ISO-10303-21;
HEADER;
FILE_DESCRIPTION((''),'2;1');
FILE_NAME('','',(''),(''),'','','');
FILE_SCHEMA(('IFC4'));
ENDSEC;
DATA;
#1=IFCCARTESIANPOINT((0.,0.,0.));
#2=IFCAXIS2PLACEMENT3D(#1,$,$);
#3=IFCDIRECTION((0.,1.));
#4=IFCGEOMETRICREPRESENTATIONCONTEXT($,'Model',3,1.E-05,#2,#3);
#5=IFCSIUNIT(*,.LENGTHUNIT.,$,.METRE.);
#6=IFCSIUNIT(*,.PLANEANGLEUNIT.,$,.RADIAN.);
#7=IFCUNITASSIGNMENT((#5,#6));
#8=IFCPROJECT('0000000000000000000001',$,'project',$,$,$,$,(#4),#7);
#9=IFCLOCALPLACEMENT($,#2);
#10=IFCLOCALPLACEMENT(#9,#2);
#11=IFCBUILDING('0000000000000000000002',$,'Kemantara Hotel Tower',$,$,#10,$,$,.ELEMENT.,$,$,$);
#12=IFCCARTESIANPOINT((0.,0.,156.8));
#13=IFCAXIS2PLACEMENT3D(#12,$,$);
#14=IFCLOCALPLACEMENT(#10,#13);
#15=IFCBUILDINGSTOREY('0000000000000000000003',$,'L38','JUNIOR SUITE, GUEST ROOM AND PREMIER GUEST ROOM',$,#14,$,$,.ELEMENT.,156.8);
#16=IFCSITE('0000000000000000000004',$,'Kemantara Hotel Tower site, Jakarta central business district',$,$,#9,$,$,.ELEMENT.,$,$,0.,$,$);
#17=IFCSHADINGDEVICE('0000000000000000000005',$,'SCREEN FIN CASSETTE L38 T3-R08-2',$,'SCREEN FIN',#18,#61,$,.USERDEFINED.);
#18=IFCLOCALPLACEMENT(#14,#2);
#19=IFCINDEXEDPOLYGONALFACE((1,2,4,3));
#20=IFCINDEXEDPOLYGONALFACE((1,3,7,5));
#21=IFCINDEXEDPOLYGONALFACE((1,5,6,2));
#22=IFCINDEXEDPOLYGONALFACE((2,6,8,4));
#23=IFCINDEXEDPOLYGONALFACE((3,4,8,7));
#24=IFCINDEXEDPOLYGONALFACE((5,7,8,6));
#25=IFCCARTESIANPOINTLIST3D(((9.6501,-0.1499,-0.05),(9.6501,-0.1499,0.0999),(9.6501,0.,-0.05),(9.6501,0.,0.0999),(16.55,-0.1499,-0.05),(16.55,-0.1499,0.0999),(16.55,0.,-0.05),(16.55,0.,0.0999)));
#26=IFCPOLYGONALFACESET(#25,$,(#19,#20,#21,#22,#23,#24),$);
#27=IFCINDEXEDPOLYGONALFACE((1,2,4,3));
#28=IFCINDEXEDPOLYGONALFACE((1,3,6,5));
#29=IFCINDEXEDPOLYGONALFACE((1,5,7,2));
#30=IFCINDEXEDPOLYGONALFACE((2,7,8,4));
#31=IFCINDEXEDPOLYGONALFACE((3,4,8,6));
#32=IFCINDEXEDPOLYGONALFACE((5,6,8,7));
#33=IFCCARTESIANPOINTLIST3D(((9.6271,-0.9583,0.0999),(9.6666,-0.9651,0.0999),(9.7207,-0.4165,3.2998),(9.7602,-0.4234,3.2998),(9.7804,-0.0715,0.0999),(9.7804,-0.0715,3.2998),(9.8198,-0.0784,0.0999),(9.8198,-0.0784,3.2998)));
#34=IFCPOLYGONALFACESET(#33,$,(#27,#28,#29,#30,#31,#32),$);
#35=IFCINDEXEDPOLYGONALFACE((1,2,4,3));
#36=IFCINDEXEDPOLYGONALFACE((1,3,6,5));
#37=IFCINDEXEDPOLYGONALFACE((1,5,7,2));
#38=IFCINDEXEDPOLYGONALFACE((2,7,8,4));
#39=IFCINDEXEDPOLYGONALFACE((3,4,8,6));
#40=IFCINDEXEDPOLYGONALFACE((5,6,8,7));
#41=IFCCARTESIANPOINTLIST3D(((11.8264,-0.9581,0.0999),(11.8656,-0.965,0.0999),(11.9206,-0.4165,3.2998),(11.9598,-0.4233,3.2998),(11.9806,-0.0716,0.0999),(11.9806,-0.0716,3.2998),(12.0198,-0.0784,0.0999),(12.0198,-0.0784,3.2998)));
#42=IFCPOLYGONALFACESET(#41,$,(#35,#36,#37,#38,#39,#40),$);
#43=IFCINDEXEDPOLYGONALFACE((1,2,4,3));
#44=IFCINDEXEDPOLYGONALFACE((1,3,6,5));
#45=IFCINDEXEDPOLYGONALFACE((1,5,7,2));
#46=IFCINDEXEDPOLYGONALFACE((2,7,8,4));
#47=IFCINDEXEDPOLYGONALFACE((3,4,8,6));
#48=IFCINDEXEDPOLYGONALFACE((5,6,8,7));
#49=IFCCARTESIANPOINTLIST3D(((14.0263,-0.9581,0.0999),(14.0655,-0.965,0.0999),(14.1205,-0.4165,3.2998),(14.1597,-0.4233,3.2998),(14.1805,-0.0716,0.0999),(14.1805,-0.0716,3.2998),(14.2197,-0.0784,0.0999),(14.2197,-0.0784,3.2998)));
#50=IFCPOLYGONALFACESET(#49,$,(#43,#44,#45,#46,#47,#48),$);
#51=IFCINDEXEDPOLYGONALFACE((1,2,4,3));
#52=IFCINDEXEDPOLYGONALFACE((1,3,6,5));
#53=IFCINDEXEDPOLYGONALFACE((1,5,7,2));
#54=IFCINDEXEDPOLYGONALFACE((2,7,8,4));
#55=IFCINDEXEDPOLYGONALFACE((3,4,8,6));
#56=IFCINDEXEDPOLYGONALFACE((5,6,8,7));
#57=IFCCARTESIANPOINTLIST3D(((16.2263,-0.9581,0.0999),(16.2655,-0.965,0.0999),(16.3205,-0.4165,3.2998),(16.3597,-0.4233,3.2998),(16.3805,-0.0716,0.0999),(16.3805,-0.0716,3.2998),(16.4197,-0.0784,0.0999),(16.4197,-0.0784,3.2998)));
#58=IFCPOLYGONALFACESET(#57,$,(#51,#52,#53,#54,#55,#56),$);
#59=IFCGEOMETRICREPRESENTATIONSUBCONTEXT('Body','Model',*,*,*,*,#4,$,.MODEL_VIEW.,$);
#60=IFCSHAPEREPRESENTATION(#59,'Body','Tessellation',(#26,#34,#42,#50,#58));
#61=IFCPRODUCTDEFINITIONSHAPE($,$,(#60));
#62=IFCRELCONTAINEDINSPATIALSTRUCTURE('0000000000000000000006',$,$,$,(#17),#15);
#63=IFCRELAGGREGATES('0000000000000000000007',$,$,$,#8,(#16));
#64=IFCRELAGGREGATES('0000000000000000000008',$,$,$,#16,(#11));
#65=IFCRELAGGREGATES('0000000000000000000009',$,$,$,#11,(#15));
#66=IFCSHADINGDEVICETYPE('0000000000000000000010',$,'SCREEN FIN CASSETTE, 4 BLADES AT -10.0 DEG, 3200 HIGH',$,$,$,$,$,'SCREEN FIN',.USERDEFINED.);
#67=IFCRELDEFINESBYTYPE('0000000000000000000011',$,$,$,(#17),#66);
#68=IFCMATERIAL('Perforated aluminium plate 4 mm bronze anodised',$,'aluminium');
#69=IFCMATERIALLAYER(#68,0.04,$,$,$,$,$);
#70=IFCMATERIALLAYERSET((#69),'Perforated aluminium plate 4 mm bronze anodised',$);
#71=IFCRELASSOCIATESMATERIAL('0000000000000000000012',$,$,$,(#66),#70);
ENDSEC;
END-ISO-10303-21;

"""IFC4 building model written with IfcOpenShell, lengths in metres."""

from ifc_helpers import new_model, si_unit, direction, frame, origin, origin_2d, place, context, subcontext, project, spatial, polyline, rectangle, outline, extrude, source, transform, mapped, material, layer, layer_set, type_object, element, save


model = new_model("IFC4")

# Units and contexts
model_context = context("Model", 3, precision=1e-05, world=origin(), true_north=direction((0.0, 1.0)))
body_context = subcontext(model_context, "Body", "Model", "MODEL_VIEW")
ifc_project = project(units=[si_unit("LENGTHUNIT", "METRE"), si_unit("PLANEANGLEUNIT", "RADIAN")], contexts=[model_context])

# Site, building, storey
site_placement = place(None, origin())
site = spatial("IfcSite", under=ifc_project, at=site_placement, Name="Kemantara Hotel Tower site, Jakarta central business district", CompositionType="ELEMENT", RefElevation=0.0)
building_placement = place(site_placement, origin())
building = spatial("IfcBuilding", under=site, at=building_placement, Name="Kemantara Hotel Tower", CompositionType="ELEMENT")
storey_placement = place(building_placement, frame((0.0, 0.0, 156.8)))
storey = spatial("IfcBuildingStorey", under=building, at=storey_placement, Name="L38", Description="JUNIOR SUITE, GUEST ROOM AND PREMIER GUEST ROOM", CompositionType="ELEMENT", Elevation=156.8)

# Shading device
ifc_material_1 = material(Name="Perforated aluminium plate 4 mm bronze anodised", Category="aluminium")
ifc_layer_1 = layer(ifc_material_1, 0.04)
ifc_layer_set_1 = layer_set([ifc_layer_1], Name="Perforated aluminium plate 4 mm bronze anodised")
shading_device_type_1 = type_object("IfcShadingDeviceType", Name="SCREEN FIN CASSETTE, 4 BLADES AT -10.0 DEG, 3200 HIGH", ElementType="SCREEN FIN", PredefinedType="USERDEFINED", material=ifc_layer_set_1)
shared_shape_1 = source(origin(), body_context, "Body", "SweptSolid", [
    extrude(rectangle(XDim=6.8999, YDim=0.1499, at=origin_2d()), frame((3.3, -0.075, -0.1499), z_axis=(0.0, 0.0, 1.0), x_axis=(1.0, 0.0, 0.0)), (0.0, 0.0, 1.0), 0.1499),
    extrude(outline(polyline([(0.0, 0.0), (0.8999, 0.0), (0.3501, 3.2), (0.0, 3.2), (0.0, 0.0)])), frame((0.0198, -0.0784, 0.0), z_axis=(-0.98539, 0.170314, 0.0), x_axis=(-0.170314, -0.98539, 0.0)), (0.0, 0.0, 1.0), 0.04),
    extrude(outline(polyline([(0.0, 0.0), (0.8999, 0.0), (0.3501, 3.2), (0.0, 3.2), (0.0, 0.0)])), frame((2.2197, -0.0784, 0.0), z_axis=(-0.985212, 0.171341, 0.0), x_axis=(-0.171341, -0.985212, 0.0)), (0.0, 0.0, 1.0), 0.0398),
    extrude(outline(polyline([(0.0, 0.0), (0.8999, 0.0), (0.3501, 3.2), (0.0, 3.2), (0.0, 0.0)])), frame((4.4197, -0.0784, 0.0), z_axis=(-0.985212, 0.171341, 0.0), x_axis=(-0.171341, -0.985212, 0.0)), (0.0, 0.0, 1.0), 0.0398),
    extrude(outline(polyline([(0.0, 0.0), (0.8999, 0.0), (0.3501, 3.2), (0.0, 3.2), (0.0, 0.0)])), frame((6.6196, -0.0784, 0.0), z_axis=(-0.985212, 0.171341, 0.0), x_axis=(-0.171341, -0.985212, 0.0)), (0.0, 0.0, 1.0), 0.0398),
])
shading_device_placement = place(storey_placement, frame((9.8, 0.0, 0.0999), z_axis=(0.0, 0.0, 1.0), x_axis=(1.0, 0.0, 0.0)))
element("IfcShadingDevice", 1, at=shading_device_placement, inside=storey, type_object=shading_device_type_1, Name="SCREEN FIN CASSETTE L38 T3-R08-2", ObjectType="SCREEN FIN", PredefinedType="USERDEFINED", context=body_context, shape_type="MappedRepresentation", body=[
    mapped(shared_shape_1, transform((0.0, 0.0, 0.0))),
])

save(model, "model.ifc")
